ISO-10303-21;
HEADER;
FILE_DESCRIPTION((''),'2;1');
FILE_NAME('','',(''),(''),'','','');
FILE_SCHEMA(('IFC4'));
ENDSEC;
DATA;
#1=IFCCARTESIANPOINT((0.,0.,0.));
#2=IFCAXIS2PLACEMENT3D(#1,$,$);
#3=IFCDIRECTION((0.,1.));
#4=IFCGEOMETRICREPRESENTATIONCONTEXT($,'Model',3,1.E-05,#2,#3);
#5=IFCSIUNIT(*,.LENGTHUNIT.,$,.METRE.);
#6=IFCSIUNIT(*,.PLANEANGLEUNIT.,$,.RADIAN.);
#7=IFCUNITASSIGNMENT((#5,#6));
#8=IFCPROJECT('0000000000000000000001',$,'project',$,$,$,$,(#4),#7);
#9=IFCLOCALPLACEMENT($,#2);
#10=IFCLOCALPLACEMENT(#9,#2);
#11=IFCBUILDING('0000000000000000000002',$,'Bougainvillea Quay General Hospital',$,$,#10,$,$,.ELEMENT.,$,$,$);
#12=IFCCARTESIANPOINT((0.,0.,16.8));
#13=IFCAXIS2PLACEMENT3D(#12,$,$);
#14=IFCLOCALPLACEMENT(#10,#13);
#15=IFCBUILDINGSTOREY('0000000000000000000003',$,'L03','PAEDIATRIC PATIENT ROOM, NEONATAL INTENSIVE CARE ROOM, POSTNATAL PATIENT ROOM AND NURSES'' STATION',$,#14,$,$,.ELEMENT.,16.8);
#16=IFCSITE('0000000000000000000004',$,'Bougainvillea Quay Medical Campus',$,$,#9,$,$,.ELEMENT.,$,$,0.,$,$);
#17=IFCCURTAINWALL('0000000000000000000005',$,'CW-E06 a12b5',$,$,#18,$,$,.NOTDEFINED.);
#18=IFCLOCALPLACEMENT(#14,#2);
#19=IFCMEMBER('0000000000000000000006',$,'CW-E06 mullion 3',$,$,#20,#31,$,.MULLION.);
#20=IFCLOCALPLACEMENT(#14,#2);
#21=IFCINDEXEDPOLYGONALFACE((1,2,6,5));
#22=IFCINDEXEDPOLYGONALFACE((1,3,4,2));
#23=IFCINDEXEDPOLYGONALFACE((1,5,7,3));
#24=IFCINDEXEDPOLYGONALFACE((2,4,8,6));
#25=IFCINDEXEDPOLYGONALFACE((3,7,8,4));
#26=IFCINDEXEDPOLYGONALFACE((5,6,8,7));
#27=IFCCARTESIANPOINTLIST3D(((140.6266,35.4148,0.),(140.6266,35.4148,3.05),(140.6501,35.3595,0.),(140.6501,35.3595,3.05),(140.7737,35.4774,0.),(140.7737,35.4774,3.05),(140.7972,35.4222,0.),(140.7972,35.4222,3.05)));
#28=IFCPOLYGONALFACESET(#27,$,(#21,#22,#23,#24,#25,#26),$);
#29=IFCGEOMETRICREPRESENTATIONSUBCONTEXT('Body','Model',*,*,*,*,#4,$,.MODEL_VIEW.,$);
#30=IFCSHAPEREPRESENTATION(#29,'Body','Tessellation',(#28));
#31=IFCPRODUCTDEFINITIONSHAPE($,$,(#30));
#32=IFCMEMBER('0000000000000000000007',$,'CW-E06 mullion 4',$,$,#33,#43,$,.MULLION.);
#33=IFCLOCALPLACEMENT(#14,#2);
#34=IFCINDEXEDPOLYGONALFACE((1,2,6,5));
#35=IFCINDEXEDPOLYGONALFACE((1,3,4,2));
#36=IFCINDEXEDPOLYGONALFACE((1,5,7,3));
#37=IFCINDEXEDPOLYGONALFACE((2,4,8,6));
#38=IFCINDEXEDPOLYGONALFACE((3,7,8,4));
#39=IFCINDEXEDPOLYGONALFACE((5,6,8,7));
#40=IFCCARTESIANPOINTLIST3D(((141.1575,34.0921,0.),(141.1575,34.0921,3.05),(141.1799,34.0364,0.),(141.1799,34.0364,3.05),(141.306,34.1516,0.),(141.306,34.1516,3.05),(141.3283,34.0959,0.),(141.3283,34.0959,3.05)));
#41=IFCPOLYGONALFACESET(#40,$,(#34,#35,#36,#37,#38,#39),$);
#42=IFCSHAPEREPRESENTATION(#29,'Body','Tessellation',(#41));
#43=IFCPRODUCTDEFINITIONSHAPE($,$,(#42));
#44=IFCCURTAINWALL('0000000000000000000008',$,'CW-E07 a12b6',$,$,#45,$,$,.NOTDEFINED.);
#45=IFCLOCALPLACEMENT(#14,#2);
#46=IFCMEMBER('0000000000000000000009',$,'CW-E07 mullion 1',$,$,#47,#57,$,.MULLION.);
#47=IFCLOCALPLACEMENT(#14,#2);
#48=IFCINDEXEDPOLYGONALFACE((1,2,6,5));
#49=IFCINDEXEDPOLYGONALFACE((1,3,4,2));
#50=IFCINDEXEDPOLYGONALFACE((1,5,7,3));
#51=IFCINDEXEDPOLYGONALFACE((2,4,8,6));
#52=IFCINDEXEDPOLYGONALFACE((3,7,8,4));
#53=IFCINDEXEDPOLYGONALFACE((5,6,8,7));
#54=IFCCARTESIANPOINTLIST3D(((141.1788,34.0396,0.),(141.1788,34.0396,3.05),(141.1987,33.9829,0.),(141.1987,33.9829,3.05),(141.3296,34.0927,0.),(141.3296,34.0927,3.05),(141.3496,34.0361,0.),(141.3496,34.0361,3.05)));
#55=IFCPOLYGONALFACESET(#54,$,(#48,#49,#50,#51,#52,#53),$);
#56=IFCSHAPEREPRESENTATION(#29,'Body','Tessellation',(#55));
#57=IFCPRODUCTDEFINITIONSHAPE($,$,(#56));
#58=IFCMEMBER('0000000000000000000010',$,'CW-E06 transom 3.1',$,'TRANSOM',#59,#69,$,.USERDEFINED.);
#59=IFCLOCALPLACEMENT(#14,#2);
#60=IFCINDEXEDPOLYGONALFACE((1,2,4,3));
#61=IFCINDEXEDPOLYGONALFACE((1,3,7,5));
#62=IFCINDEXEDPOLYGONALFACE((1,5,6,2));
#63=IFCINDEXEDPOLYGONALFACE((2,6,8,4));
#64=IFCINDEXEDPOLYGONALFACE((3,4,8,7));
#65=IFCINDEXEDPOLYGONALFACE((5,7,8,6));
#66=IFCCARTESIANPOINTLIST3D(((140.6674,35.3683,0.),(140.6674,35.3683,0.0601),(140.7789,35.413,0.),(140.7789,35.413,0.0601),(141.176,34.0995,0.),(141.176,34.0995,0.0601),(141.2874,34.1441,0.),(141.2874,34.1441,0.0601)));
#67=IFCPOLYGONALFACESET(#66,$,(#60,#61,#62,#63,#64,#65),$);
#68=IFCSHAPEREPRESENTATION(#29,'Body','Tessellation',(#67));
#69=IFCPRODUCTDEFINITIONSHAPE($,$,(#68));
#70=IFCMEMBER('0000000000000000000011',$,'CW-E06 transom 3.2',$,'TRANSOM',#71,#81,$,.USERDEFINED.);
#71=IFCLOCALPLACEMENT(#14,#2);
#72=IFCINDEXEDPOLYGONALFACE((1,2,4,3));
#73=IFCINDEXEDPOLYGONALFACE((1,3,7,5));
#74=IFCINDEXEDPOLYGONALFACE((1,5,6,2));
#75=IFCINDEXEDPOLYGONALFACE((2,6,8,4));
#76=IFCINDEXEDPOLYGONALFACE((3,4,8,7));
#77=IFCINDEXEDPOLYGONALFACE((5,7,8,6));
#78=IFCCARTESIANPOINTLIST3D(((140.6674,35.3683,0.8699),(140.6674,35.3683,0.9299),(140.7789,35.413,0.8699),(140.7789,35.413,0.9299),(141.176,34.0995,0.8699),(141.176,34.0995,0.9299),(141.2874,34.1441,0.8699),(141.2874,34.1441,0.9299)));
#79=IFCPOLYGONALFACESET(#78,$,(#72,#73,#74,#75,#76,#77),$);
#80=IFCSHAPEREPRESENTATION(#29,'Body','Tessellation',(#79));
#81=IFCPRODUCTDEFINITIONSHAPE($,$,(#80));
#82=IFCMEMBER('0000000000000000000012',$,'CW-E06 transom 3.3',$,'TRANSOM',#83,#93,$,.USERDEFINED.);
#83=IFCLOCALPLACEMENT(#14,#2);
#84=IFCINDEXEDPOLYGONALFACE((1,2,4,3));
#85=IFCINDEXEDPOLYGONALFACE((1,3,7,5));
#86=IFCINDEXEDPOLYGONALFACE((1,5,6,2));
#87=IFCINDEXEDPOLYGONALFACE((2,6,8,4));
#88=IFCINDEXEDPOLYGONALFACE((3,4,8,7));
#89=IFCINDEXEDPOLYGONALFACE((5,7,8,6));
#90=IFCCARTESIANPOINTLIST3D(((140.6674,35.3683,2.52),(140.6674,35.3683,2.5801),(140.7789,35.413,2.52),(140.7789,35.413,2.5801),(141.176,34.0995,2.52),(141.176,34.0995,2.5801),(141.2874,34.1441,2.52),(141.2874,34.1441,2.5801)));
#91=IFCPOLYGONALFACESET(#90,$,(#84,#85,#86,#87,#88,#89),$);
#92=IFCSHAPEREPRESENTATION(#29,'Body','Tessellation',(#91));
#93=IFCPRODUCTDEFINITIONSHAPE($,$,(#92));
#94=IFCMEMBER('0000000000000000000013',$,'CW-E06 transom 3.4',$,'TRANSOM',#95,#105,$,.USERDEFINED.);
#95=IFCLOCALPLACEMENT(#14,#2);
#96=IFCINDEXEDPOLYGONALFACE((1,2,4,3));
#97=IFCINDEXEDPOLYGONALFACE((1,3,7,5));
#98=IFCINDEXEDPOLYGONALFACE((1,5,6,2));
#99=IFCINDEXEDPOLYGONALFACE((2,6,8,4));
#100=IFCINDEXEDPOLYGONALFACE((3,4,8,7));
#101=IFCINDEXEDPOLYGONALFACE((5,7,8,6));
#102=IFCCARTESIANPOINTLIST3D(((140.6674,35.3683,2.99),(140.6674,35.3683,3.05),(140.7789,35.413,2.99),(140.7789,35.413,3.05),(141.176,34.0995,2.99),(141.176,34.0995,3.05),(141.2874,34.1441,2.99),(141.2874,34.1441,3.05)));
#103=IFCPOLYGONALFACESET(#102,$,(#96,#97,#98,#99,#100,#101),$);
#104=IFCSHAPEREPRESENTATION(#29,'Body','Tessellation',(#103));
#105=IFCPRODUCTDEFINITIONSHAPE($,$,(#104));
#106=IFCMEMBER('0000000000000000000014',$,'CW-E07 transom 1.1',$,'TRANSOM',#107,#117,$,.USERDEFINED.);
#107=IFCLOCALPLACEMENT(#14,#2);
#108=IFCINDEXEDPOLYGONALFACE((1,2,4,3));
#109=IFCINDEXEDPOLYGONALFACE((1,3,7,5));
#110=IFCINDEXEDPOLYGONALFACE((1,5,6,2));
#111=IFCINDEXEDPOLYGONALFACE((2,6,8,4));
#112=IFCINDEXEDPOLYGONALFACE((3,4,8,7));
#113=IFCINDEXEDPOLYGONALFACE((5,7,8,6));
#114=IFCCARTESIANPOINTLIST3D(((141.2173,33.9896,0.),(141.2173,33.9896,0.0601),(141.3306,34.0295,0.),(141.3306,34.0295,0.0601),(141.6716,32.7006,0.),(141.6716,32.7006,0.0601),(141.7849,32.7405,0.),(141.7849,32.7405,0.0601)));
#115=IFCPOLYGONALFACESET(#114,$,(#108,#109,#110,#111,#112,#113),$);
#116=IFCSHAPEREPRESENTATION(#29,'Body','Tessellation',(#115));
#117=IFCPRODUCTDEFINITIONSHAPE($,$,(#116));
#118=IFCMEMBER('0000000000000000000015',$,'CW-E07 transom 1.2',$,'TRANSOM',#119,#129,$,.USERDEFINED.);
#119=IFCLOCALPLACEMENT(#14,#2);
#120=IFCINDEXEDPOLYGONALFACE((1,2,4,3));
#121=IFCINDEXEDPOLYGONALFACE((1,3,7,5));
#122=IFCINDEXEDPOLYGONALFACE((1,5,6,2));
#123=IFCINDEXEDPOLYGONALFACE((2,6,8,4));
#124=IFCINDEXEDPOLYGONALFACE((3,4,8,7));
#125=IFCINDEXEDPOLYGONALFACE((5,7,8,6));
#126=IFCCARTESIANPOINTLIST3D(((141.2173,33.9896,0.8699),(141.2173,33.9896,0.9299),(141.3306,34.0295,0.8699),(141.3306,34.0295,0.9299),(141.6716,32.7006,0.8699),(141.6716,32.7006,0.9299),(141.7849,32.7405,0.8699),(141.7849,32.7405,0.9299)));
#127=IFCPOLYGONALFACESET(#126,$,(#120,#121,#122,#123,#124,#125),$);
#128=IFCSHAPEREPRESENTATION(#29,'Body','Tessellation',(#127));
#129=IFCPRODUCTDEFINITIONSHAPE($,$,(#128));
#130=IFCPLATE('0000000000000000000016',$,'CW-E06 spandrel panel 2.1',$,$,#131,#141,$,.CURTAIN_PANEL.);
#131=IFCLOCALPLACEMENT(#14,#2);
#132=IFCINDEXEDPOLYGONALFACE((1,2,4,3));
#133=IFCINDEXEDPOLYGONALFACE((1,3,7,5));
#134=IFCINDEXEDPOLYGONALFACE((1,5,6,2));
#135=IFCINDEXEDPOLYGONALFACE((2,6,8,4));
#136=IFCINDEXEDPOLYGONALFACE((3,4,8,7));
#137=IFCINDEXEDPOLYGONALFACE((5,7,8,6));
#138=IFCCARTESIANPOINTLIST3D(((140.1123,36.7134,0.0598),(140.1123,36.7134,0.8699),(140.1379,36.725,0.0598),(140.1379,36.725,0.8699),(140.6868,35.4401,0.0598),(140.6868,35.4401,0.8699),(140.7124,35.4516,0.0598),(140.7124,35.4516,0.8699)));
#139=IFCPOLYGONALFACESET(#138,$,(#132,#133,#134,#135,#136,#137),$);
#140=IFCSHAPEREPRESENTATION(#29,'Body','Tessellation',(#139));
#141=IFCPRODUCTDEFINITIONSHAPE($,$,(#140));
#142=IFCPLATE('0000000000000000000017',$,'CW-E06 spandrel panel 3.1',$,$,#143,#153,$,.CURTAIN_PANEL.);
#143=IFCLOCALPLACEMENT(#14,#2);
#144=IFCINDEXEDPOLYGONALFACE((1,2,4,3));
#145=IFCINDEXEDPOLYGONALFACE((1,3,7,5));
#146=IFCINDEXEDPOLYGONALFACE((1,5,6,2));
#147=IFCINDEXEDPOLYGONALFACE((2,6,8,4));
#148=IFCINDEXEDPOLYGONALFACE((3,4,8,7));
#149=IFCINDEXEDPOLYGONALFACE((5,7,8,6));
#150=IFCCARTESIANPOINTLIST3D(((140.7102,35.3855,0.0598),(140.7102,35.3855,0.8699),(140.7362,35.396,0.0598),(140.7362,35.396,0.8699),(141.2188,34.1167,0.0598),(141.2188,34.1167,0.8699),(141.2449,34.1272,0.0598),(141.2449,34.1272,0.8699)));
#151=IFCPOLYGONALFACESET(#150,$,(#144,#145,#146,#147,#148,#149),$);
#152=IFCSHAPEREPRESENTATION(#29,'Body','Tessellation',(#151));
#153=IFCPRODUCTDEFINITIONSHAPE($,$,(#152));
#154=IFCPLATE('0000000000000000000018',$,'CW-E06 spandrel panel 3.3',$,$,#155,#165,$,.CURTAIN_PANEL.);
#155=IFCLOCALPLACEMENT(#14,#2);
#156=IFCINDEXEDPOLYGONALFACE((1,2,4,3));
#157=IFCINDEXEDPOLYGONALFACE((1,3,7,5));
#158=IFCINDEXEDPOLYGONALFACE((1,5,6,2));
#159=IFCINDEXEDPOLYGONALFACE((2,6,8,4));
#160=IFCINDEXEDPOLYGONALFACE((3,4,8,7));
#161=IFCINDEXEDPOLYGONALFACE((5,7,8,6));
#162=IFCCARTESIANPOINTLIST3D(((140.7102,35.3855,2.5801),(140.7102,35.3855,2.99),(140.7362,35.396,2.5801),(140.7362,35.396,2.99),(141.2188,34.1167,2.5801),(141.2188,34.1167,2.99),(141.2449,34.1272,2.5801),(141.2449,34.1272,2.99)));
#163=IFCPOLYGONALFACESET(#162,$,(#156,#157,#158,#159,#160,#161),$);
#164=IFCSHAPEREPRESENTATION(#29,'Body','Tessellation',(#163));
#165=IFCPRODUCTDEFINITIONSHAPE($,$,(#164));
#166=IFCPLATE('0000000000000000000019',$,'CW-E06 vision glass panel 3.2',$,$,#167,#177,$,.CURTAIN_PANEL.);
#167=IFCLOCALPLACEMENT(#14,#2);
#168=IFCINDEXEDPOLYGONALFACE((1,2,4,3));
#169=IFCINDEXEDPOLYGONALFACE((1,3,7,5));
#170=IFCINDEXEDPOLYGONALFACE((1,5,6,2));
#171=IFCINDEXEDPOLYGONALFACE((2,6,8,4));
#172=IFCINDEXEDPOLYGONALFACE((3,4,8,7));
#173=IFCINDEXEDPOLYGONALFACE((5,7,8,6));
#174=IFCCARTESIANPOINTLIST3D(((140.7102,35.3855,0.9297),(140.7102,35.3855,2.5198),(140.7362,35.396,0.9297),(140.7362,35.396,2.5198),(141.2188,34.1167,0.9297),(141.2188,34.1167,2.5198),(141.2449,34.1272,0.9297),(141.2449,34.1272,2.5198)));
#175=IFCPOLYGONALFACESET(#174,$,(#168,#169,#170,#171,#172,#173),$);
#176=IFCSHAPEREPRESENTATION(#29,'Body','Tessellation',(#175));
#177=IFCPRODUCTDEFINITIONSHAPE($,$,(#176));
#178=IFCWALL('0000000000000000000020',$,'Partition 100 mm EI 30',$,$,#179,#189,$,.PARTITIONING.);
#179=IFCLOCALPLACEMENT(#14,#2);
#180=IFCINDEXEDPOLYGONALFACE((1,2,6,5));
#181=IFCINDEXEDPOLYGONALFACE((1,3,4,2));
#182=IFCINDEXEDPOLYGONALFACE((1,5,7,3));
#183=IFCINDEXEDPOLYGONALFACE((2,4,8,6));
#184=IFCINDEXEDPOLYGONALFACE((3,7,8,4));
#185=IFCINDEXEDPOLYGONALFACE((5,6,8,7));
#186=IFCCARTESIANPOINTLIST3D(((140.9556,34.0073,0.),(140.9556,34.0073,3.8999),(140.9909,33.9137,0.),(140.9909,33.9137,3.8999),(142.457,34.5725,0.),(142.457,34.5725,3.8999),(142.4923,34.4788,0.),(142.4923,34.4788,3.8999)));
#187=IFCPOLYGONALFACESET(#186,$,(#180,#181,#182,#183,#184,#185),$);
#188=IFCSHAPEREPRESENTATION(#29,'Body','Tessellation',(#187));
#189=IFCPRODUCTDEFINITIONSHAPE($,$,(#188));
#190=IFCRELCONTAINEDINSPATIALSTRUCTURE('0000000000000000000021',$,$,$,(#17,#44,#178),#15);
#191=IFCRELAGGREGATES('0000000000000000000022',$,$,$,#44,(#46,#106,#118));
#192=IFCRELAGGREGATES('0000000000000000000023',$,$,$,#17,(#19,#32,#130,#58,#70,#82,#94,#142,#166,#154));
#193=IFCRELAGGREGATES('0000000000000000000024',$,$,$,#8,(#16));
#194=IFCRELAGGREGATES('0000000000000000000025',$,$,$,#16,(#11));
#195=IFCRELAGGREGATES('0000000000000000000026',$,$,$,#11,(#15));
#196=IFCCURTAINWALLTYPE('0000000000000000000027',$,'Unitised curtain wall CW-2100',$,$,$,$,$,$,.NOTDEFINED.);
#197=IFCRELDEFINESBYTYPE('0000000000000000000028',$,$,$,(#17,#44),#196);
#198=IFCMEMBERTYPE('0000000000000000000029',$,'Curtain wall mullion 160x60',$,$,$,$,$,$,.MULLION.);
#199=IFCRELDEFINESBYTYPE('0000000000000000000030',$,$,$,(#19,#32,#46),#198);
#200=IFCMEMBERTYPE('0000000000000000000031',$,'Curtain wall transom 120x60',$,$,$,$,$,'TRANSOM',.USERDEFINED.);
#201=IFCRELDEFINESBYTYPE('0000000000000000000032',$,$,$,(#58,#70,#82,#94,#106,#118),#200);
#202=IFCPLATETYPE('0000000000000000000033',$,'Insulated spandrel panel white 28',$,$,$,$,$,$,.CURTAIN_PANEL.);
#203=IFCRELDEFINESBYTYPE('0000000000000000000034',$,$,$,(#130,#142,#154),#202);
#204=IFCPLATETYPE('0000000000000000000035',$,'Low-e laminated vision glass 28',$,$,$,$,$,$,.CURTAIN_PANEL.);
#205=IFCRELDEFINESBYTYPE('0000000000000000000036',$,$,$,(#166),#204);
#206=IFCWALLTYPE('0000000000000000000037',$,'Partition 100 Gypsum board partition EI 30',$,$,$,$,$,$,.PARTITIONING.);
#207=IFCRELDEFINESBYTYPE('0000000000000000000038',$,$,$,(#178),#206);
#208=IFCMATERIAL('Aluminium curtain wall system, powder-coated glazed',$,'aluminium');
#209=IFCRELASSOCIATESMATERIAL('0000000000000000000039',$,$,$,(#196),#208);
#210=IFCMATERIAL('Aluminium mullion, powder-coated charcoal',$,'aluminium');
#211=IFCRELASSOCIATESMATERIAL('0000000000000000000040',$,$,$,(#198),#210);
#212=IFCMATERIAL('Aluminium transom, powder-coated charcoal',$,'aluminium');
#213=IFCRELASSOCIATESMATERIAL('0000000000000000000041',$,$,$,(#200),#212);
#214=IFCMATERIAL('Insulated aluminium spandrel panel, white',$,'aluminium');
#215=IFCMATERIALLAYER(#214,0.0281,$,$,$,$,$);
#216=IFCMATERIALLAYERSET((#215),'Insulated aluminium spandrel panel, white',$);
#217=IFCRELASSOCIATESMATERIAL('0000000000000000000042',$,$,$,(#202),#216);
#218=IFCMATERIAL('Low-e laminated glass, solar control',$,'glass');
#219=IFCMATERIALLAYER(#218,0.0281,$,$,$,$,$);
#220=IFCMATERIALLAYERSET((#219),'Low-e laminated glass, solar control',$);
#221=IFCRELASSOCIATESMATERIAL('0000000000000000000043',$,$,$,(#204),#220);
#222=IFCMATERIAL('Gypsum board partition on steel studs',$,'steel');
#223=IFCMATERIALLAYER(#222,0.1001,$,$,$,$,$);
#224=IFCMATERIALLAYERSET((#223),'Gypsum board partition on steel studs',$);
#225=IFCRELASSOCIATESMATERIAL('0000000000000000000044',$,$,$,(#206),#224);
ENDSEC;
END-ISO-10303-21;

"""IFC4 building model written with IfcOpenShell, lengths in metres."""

from ifc_helpers import new_model, si_unit, direction, frame, frame_2d, origin, origin_2d, place, context, subcontext, project, spatial, rectangle, extrude, material, layer, layer_set, material_profile, profile_set, type_object, element, aggregate, save


model = new_model("IFC4")

# Units and contexts
model_context = context("Model", 3, precision=1e-05, world=origin(), true_north=direction((0.0, 1.0)))
body_context = subcontext(model_context, "Body", "Model", "MODEL_VIEW")
ifc_project = project(units=[si_unit("LENGTHUNIT", "METRE"), si_unit("PLANEANGLEUNIT", "RADIAN")], contexts=[model_context])

# Site, building, storey
site_placement = place(None, origin())
site = spatial("IfcSite", under=ifc_project, at=site_placement, Name="Bougainvillea Quay Medical Campus", CompositionType="ELEMENT", RefElevation=0.0)
building_placement = place(site_placement, origin())
building = spatial("IfcBuilding", under=site, at=building_placement, Name="Bougainvillea Quay General Hospital", CompositionType="ELEMENT")
storey_placement = place(building_placement, frame((0.0, 0.0, 16.8)))
storey = spatial("IfcBuildingStorey", under=building, at=storey_placement, Name="L03", Description="PAEDIATRIC PATIENT ROOM, NEONATAL INTENSIVE CARE ROOM, POSTNATAL PATIENT ROOM AND NURSES' STATION", CompositionType="ELEMENT", Elevation=16.8)

# Curtain wall, members
ifc_material_1 = material(Name="Aluminium curtain wall system, powder-coated glazed", Category="aluminium")
curtain_wall_type = type_object("IfcCurtainWallType", Name="Unitised curtain wall CW-2100", PredefinedType="NOTDEFINED", material=ifc_material_1)
curtain_wall_1_placement = place(storey_placement, origin())
curtain_wall_1 = element("IfcCurtainWall", 1, at=curtain_wall_1_placement, inside=storey, type_object=curtain_wall_type, Name="CW-E06 a12b5", PredefinedType="NOTDEFINED")
ifc_material_2 = material(Name="Aluminium mullion, powder-coated charcoal", Category="aluminium")
ifc_material_profile_1 = material_profile(ifc_material_2, rectangle(XDim=0.1599, YDim=0.0601, at=origin_2d()))
ifc_profile_set_1 = profile_set([ifc_material_profile_1], Name="Aluminium mullion, powder-coated charcoal")
member_type_1 = type_object("IfcMemberType", Name="Curtain wall mullion 160x60", PredefinedType="MULLION", material=ifc_profile_set_1)
member_1_placement = place(storey_placement, frame((140.7119, 35.4185, 0.0), z_axis=(0.0, 0.0, 1.0), x_axis=(0.920059, 0.391781, 0.0)))
member_1 = element("IfcMember", 2, at=member_1_placement, type_object=member_type_1, Name="CW-E06 mullion 3", PredefinedType="MULLION", context=body_context, shape_type="SweptSolid", body=[
    extrude(rectangle(XDim=0.1599, YDim=0.0601, at=origin_2d()), origin(), (0.0, 0.0, 1.0), 3.05),
])
member_2_placement = place(storey_placement, frame((141.2429, 34.094, 0.0), z_axis=(0.0, 0.0, 1.0), x_axis=(0.928183, 0.372124, 0.0)))
member_2 = element("IfcMember", 3, at=member_2_placement, type_object=member_type_1, Name="CW-E06 mullion 4", PredefinedType="MULLION", context=body_context, shape_type="SweptSolid", body=[
    extrude(rectangle(XDim=0.1599, YDim=0.0601, at=origin_2d()), origin(), (0.0, 0.0, 1.0), 3.05),
])

# Curtain wall, member
curtain_wall_2_placement = place(storey_placement, origin())
curtain_wall_2 = element("IfcCurtainWall", 4, at=curtain_wall_2_placement, inside=storey, type_object=curtain_wall_type, Name="CW-E07 a12b6", PredefinedType="NOTDEFINED")
member_3_placement = place(storey_placement, frame((141.2642, 34.0378, 0.0), z_axis=(0.0, 0.0, 1.0), x_axis=(0.943169, 0.332315, 0.0)))
member_3 = element("IfcMember", 5, at=member_3_placement, type_object=member_type_1, Name="CW-E07 mullion 1", PredefinedType="MULLION", context=body_context, shape_type="SweptSolid", body=[
    extrude(rectangle(XDim=0.1599, YDim=0.0601, at=origin_2d()), origin(), (0.0, 0.0, 1.0), 3.05),
])

# Members
ifc_material_3 = material(Name="Aluminium transom, powder-coated charcoal", Category="aluminium")
ifc_material_profile_2 = material_profile(ifc_material_3, rectangle(XDim=0.1201, YDim=0.0601, at=origin_2d()))
ifc_profile_set_2 = profile_set([ifc_material_profile_2], Name="Aluminium transom, powder-coated charcoal")
member_type_2 = type_object("IfcMemberType", Name="Curtain wall transom 120x60", ElementType="TRANSOM", PredefinedType="USERDEFINED", material=ifc_profile_set_2)
member_4_placement = place(storey_placement, frame((140.7231, 35.3906, 0.03), z_axis=(0.372037, -0.928218, 0.0), x_axis=(0.928218, 0.372037, 0.0)))
member_4 = element("IfcMember", 6, at=member_4_placement, type_object=member_type_2, Name="CW-E06 transom 3.1", ObjectType="TRANSOM", PredefinedType="USERDEFINED", context=body_context, shape_type="SweptSolid", body=[
    extrude(rectangle(XDim=0.1201, YDim=0.0601, at=origin_2d()), origin(), (0.0, 0.0, 1.0), 1.3669),
])
member_5_placement = place(storey_placement, frame((140.7231, 35.3906, 0.8999), z_axis=(0.372037, -0.928218, 0.0), x_axis=(0.928218, 0.372037, 0.0)))
member_5 = element("IfcMember", 7, at=member_5_placement, type_object=member_type_2, Name="CW-E06 transom 3.2", ObjectType="TRANSOM", PredefinedType="USERDEFINED", context=body_context, shape_type="SweptSolid", body=[
    extrude(rectangle(XDim=0.1201, YDim=0.0601, at=origin_2d()), origin(), (0.0, 0.0, 1.0), 1.3669),
])
member_6_placement = place(storey_placement, frame((140.7231, 35.3906, 2.55), z_axis=(0.372037, -0.928218, 0.0), x_axis=(0.928218, 0.372037, 0.0)))
member_6 = element("IfcMember", 8, at=member_6_placement, type_object=member_type_2, Name="CW-E06 transom 3.3", ObjectType="TRANSOM", PredefinedType="USERDEFINED", context=body_context, shape_type="SweptSolid", body=[
    extrude(rectangle(XDim=0.1201, YDim=0.0601, at=origin_2d()), origin(), (0.0, 0.0, 1.0), 1.3669),
])
member_7_placement = place(storey_placement, frame((140.7231, 35.3906, 3.02), z_axis=(0.372037, -0.928218, 0.0), x_axis=(0.928218, 0.372037, 0.0)))
member_7 = element("IfcMember", 9, at=member_7_placement, type_object=member_type_2, Name="CW-E06 transom 3.4", ObjectType="TRANSOM", PredefinedType="USERDEFINED", context=body_context, shape_type="SweptSolid", body=[
    extrude(rectangle(XDim=0.1201, YDim=0.0601, at=origin_2d()), origin(), (0.0, 0.0, 1.0), 1.3669),
])
member_8_placement = place(storey_placement, frame((141.2739, 34.0095, 0.03), z_axis=(0.332418, -0.943132, 0.0), x_axis=(0.943132, 0.332418, 0.0)))
member_8 = element("IfcMember", 10, at=member_8_placement, type_object=member_type_2, Name="CW-E07 transom 1.1", ObjectType="TRANSOM", PredefinedType="USERDEFINED", context=body_context, shape_type="SweptSolid", body=[
    extrude(rectangle(XDim=0.1201, YDim=0.0601, at=origin_2d()), origin(), (0.0, 0.0, 1.0), 1.3667),
])
member_9_placement = place(storey_placement, frame((141.2739, 34.0095, 0.8999), z_axis=(0.332418, -0.943132, 0.0), x_axis=(0.943132, 0.332418, 0.0)))
member_9 = element("IfcMember", 11, at=member_9_placement, type_object=member_type_2, Name="CW-E07 transom 1.2", ObjectType="TRANSOM", PredefinedType="USERDEFINED", context=body_context, shape_type="SweptSolid", body=[
    extrude(rectangle(XDim=0.1201, YDim=0.0601, at=origin_2d()), origin(), (0.0, 0.0, 1.0), 1.3667),
])
aggregate(curtain_wall_2, [member_3, member_8, member_9])

# Plates
ifc_material_4 = material(Name="Insulated aluminium spandrel panel, white", Category="aluminium")
ifc_layer_1 = layer(ifc_material_4, 0.0281)
ifc_layer_set_1 = layer_set([ifc_layer_1], Name="Insulated aluminium spandrel panel, white")
plate_type_1 = type_object("IfcPlateType", Name="Insulated spandrel panel white 28", PredefinedType="CURTAIN_PANEL", material=ifc_layer_set_1)
plate_1_placement = place(storey_placement, frame((140.4124, 36.0825, 0.0598), z_axis=(0.0, 0.0, 1.0), x_axis=(0.41126, -0.911518, 0.0)))
plate_1 = element("IfcPlate", 12, at=plate_1_placement, type_object=plate_type_1, Name="CW-E06 spandrel panel 2.1", PredefinedType="CURTAIN_PANEL", context=body_context, shape_type="SweptSolid", body=[
    extrude(rectangle(XDim=1.397, YDim=0.0281, at=origin_2d()), origin(), (0.0, 0.0, 1.0), 0.8101),
])
plate_2_placement = place(storey_placement, frame((140.9775, 34.7563, 0.0598), z_axis=(0.0, 0.0, 1.0), x_axis=(0.372124, -0.928183, 0.0)))
plate_2 = element("IfcPlate", 13, at=plate_2_placement, type_object=plate_type_1, Name="CW-E06 spandrel panel 3.1", PredefinedType="CURTAIN_PANEL", context=body_context, shape_type="SweptSolid", body=[
    extrude(rectangle(XDim=1.3669, YDim=0.0281, at=origin_2d()), origin(), (0.0, 0.0, 1.0), 0.8101),
])
plate_3_placement = place(storey_placement, frame((140.9775, 34.7563, 2.5801), z_axis=(0.0, 0.0, 1.0), x_axis=(0.372124, -0.928183, 0.0)))
plate_3 = element("IfcPlate", 14, at=plate_3_placement, type_object=plate_type_1, Name="CW-E06 spandrel panel 3.3", PredefinedType="CURTAIN_PANEL", context=body_context, shape_type="SweptSolid", body=[
    extrude(rectangle(XDim=1.3669, YDim=0.0281, at=origin_2d()), origin(), (0.0, 0.0, 1.0), 0.4099),
])
ifc_material_5 = material(Name="Low-e laminated glass, solar control", Category="glass")
ifc_layer_2 = layer(ifc_material_5, 0.0281)
ifc_layer_set_2 = layer_set([ifc_layer_2], Name="Low-e laminated glass, solar control")
plate_type_2 = type_object("IfcPlateType", Name="Low-e laminated vision glass 28", PredefinedType="CURTAIN_PANEL", material=ifc_layer_set_2)
plate_4_placement = place(storey_placement, frame((140.9775, 34.7563, 0.9297), z_axis=(0.0, 0.0, 1.0), x_axis=(0.372124, -0.928183, 0.0)))
plate_4 = element("IfcPlate", 15, at=plate_4_placement, type_object=plate_type_2, Name="CW-E06 vision glass panel 3.2", PredefinedType="CURTAIN_PANEL", context=body_context, shape_type="SweptSolid", body=[
    extrude(rectangle(XDim=1.3669, YDim=0.0281, at=origin_2d()), origin(), (0.0, 0.0, 1.0), 1.5901),
])
aggregate(curtain_wall_1, [member_1, member_2, plate_1, member_4, member_5, member_6, member_7, plate_2, plate_4, plate_3])

# Wall
ifc_material_6 = material(Name="Gypsum board partition on steel studs", Category="steel")
ifc_layer_3 = layer(ifc_material_6, 0.1001)
ifc_layer_set_3 = layer_set([ifc_layer_3], Name="Gypsum board partition on steel studs")
wall_type = type_object("IfcWallType", Name="Partition 100 Gypsum board partition EI 30", PredefinedType="PARTITIONING", material=ifc_layer_set_3)
wall_1_placement = place(storey_placement, frame((140.9731, 33.9604, 0.0), z_axis=(0.0, 0.0, 1.0), x_axis=(0.935891, 0.352291, 0.0)))
element("IfcWall", 16, at=wall_1_placement, inside=storey, type_object=wall_type, Name="Partition 100 mm EI 30", PredefinedType="PARTITIONING", context=body_context, shape_type="SweptSolid", body=[
    extrude(rectangle(XDim=1.6042, YDim=0.1001, at=frame_2d((0.8022, 0.0))), origin(), (0.0, 0.0, 1.0), 3.8999),
])

save(model, "model.ifc")
